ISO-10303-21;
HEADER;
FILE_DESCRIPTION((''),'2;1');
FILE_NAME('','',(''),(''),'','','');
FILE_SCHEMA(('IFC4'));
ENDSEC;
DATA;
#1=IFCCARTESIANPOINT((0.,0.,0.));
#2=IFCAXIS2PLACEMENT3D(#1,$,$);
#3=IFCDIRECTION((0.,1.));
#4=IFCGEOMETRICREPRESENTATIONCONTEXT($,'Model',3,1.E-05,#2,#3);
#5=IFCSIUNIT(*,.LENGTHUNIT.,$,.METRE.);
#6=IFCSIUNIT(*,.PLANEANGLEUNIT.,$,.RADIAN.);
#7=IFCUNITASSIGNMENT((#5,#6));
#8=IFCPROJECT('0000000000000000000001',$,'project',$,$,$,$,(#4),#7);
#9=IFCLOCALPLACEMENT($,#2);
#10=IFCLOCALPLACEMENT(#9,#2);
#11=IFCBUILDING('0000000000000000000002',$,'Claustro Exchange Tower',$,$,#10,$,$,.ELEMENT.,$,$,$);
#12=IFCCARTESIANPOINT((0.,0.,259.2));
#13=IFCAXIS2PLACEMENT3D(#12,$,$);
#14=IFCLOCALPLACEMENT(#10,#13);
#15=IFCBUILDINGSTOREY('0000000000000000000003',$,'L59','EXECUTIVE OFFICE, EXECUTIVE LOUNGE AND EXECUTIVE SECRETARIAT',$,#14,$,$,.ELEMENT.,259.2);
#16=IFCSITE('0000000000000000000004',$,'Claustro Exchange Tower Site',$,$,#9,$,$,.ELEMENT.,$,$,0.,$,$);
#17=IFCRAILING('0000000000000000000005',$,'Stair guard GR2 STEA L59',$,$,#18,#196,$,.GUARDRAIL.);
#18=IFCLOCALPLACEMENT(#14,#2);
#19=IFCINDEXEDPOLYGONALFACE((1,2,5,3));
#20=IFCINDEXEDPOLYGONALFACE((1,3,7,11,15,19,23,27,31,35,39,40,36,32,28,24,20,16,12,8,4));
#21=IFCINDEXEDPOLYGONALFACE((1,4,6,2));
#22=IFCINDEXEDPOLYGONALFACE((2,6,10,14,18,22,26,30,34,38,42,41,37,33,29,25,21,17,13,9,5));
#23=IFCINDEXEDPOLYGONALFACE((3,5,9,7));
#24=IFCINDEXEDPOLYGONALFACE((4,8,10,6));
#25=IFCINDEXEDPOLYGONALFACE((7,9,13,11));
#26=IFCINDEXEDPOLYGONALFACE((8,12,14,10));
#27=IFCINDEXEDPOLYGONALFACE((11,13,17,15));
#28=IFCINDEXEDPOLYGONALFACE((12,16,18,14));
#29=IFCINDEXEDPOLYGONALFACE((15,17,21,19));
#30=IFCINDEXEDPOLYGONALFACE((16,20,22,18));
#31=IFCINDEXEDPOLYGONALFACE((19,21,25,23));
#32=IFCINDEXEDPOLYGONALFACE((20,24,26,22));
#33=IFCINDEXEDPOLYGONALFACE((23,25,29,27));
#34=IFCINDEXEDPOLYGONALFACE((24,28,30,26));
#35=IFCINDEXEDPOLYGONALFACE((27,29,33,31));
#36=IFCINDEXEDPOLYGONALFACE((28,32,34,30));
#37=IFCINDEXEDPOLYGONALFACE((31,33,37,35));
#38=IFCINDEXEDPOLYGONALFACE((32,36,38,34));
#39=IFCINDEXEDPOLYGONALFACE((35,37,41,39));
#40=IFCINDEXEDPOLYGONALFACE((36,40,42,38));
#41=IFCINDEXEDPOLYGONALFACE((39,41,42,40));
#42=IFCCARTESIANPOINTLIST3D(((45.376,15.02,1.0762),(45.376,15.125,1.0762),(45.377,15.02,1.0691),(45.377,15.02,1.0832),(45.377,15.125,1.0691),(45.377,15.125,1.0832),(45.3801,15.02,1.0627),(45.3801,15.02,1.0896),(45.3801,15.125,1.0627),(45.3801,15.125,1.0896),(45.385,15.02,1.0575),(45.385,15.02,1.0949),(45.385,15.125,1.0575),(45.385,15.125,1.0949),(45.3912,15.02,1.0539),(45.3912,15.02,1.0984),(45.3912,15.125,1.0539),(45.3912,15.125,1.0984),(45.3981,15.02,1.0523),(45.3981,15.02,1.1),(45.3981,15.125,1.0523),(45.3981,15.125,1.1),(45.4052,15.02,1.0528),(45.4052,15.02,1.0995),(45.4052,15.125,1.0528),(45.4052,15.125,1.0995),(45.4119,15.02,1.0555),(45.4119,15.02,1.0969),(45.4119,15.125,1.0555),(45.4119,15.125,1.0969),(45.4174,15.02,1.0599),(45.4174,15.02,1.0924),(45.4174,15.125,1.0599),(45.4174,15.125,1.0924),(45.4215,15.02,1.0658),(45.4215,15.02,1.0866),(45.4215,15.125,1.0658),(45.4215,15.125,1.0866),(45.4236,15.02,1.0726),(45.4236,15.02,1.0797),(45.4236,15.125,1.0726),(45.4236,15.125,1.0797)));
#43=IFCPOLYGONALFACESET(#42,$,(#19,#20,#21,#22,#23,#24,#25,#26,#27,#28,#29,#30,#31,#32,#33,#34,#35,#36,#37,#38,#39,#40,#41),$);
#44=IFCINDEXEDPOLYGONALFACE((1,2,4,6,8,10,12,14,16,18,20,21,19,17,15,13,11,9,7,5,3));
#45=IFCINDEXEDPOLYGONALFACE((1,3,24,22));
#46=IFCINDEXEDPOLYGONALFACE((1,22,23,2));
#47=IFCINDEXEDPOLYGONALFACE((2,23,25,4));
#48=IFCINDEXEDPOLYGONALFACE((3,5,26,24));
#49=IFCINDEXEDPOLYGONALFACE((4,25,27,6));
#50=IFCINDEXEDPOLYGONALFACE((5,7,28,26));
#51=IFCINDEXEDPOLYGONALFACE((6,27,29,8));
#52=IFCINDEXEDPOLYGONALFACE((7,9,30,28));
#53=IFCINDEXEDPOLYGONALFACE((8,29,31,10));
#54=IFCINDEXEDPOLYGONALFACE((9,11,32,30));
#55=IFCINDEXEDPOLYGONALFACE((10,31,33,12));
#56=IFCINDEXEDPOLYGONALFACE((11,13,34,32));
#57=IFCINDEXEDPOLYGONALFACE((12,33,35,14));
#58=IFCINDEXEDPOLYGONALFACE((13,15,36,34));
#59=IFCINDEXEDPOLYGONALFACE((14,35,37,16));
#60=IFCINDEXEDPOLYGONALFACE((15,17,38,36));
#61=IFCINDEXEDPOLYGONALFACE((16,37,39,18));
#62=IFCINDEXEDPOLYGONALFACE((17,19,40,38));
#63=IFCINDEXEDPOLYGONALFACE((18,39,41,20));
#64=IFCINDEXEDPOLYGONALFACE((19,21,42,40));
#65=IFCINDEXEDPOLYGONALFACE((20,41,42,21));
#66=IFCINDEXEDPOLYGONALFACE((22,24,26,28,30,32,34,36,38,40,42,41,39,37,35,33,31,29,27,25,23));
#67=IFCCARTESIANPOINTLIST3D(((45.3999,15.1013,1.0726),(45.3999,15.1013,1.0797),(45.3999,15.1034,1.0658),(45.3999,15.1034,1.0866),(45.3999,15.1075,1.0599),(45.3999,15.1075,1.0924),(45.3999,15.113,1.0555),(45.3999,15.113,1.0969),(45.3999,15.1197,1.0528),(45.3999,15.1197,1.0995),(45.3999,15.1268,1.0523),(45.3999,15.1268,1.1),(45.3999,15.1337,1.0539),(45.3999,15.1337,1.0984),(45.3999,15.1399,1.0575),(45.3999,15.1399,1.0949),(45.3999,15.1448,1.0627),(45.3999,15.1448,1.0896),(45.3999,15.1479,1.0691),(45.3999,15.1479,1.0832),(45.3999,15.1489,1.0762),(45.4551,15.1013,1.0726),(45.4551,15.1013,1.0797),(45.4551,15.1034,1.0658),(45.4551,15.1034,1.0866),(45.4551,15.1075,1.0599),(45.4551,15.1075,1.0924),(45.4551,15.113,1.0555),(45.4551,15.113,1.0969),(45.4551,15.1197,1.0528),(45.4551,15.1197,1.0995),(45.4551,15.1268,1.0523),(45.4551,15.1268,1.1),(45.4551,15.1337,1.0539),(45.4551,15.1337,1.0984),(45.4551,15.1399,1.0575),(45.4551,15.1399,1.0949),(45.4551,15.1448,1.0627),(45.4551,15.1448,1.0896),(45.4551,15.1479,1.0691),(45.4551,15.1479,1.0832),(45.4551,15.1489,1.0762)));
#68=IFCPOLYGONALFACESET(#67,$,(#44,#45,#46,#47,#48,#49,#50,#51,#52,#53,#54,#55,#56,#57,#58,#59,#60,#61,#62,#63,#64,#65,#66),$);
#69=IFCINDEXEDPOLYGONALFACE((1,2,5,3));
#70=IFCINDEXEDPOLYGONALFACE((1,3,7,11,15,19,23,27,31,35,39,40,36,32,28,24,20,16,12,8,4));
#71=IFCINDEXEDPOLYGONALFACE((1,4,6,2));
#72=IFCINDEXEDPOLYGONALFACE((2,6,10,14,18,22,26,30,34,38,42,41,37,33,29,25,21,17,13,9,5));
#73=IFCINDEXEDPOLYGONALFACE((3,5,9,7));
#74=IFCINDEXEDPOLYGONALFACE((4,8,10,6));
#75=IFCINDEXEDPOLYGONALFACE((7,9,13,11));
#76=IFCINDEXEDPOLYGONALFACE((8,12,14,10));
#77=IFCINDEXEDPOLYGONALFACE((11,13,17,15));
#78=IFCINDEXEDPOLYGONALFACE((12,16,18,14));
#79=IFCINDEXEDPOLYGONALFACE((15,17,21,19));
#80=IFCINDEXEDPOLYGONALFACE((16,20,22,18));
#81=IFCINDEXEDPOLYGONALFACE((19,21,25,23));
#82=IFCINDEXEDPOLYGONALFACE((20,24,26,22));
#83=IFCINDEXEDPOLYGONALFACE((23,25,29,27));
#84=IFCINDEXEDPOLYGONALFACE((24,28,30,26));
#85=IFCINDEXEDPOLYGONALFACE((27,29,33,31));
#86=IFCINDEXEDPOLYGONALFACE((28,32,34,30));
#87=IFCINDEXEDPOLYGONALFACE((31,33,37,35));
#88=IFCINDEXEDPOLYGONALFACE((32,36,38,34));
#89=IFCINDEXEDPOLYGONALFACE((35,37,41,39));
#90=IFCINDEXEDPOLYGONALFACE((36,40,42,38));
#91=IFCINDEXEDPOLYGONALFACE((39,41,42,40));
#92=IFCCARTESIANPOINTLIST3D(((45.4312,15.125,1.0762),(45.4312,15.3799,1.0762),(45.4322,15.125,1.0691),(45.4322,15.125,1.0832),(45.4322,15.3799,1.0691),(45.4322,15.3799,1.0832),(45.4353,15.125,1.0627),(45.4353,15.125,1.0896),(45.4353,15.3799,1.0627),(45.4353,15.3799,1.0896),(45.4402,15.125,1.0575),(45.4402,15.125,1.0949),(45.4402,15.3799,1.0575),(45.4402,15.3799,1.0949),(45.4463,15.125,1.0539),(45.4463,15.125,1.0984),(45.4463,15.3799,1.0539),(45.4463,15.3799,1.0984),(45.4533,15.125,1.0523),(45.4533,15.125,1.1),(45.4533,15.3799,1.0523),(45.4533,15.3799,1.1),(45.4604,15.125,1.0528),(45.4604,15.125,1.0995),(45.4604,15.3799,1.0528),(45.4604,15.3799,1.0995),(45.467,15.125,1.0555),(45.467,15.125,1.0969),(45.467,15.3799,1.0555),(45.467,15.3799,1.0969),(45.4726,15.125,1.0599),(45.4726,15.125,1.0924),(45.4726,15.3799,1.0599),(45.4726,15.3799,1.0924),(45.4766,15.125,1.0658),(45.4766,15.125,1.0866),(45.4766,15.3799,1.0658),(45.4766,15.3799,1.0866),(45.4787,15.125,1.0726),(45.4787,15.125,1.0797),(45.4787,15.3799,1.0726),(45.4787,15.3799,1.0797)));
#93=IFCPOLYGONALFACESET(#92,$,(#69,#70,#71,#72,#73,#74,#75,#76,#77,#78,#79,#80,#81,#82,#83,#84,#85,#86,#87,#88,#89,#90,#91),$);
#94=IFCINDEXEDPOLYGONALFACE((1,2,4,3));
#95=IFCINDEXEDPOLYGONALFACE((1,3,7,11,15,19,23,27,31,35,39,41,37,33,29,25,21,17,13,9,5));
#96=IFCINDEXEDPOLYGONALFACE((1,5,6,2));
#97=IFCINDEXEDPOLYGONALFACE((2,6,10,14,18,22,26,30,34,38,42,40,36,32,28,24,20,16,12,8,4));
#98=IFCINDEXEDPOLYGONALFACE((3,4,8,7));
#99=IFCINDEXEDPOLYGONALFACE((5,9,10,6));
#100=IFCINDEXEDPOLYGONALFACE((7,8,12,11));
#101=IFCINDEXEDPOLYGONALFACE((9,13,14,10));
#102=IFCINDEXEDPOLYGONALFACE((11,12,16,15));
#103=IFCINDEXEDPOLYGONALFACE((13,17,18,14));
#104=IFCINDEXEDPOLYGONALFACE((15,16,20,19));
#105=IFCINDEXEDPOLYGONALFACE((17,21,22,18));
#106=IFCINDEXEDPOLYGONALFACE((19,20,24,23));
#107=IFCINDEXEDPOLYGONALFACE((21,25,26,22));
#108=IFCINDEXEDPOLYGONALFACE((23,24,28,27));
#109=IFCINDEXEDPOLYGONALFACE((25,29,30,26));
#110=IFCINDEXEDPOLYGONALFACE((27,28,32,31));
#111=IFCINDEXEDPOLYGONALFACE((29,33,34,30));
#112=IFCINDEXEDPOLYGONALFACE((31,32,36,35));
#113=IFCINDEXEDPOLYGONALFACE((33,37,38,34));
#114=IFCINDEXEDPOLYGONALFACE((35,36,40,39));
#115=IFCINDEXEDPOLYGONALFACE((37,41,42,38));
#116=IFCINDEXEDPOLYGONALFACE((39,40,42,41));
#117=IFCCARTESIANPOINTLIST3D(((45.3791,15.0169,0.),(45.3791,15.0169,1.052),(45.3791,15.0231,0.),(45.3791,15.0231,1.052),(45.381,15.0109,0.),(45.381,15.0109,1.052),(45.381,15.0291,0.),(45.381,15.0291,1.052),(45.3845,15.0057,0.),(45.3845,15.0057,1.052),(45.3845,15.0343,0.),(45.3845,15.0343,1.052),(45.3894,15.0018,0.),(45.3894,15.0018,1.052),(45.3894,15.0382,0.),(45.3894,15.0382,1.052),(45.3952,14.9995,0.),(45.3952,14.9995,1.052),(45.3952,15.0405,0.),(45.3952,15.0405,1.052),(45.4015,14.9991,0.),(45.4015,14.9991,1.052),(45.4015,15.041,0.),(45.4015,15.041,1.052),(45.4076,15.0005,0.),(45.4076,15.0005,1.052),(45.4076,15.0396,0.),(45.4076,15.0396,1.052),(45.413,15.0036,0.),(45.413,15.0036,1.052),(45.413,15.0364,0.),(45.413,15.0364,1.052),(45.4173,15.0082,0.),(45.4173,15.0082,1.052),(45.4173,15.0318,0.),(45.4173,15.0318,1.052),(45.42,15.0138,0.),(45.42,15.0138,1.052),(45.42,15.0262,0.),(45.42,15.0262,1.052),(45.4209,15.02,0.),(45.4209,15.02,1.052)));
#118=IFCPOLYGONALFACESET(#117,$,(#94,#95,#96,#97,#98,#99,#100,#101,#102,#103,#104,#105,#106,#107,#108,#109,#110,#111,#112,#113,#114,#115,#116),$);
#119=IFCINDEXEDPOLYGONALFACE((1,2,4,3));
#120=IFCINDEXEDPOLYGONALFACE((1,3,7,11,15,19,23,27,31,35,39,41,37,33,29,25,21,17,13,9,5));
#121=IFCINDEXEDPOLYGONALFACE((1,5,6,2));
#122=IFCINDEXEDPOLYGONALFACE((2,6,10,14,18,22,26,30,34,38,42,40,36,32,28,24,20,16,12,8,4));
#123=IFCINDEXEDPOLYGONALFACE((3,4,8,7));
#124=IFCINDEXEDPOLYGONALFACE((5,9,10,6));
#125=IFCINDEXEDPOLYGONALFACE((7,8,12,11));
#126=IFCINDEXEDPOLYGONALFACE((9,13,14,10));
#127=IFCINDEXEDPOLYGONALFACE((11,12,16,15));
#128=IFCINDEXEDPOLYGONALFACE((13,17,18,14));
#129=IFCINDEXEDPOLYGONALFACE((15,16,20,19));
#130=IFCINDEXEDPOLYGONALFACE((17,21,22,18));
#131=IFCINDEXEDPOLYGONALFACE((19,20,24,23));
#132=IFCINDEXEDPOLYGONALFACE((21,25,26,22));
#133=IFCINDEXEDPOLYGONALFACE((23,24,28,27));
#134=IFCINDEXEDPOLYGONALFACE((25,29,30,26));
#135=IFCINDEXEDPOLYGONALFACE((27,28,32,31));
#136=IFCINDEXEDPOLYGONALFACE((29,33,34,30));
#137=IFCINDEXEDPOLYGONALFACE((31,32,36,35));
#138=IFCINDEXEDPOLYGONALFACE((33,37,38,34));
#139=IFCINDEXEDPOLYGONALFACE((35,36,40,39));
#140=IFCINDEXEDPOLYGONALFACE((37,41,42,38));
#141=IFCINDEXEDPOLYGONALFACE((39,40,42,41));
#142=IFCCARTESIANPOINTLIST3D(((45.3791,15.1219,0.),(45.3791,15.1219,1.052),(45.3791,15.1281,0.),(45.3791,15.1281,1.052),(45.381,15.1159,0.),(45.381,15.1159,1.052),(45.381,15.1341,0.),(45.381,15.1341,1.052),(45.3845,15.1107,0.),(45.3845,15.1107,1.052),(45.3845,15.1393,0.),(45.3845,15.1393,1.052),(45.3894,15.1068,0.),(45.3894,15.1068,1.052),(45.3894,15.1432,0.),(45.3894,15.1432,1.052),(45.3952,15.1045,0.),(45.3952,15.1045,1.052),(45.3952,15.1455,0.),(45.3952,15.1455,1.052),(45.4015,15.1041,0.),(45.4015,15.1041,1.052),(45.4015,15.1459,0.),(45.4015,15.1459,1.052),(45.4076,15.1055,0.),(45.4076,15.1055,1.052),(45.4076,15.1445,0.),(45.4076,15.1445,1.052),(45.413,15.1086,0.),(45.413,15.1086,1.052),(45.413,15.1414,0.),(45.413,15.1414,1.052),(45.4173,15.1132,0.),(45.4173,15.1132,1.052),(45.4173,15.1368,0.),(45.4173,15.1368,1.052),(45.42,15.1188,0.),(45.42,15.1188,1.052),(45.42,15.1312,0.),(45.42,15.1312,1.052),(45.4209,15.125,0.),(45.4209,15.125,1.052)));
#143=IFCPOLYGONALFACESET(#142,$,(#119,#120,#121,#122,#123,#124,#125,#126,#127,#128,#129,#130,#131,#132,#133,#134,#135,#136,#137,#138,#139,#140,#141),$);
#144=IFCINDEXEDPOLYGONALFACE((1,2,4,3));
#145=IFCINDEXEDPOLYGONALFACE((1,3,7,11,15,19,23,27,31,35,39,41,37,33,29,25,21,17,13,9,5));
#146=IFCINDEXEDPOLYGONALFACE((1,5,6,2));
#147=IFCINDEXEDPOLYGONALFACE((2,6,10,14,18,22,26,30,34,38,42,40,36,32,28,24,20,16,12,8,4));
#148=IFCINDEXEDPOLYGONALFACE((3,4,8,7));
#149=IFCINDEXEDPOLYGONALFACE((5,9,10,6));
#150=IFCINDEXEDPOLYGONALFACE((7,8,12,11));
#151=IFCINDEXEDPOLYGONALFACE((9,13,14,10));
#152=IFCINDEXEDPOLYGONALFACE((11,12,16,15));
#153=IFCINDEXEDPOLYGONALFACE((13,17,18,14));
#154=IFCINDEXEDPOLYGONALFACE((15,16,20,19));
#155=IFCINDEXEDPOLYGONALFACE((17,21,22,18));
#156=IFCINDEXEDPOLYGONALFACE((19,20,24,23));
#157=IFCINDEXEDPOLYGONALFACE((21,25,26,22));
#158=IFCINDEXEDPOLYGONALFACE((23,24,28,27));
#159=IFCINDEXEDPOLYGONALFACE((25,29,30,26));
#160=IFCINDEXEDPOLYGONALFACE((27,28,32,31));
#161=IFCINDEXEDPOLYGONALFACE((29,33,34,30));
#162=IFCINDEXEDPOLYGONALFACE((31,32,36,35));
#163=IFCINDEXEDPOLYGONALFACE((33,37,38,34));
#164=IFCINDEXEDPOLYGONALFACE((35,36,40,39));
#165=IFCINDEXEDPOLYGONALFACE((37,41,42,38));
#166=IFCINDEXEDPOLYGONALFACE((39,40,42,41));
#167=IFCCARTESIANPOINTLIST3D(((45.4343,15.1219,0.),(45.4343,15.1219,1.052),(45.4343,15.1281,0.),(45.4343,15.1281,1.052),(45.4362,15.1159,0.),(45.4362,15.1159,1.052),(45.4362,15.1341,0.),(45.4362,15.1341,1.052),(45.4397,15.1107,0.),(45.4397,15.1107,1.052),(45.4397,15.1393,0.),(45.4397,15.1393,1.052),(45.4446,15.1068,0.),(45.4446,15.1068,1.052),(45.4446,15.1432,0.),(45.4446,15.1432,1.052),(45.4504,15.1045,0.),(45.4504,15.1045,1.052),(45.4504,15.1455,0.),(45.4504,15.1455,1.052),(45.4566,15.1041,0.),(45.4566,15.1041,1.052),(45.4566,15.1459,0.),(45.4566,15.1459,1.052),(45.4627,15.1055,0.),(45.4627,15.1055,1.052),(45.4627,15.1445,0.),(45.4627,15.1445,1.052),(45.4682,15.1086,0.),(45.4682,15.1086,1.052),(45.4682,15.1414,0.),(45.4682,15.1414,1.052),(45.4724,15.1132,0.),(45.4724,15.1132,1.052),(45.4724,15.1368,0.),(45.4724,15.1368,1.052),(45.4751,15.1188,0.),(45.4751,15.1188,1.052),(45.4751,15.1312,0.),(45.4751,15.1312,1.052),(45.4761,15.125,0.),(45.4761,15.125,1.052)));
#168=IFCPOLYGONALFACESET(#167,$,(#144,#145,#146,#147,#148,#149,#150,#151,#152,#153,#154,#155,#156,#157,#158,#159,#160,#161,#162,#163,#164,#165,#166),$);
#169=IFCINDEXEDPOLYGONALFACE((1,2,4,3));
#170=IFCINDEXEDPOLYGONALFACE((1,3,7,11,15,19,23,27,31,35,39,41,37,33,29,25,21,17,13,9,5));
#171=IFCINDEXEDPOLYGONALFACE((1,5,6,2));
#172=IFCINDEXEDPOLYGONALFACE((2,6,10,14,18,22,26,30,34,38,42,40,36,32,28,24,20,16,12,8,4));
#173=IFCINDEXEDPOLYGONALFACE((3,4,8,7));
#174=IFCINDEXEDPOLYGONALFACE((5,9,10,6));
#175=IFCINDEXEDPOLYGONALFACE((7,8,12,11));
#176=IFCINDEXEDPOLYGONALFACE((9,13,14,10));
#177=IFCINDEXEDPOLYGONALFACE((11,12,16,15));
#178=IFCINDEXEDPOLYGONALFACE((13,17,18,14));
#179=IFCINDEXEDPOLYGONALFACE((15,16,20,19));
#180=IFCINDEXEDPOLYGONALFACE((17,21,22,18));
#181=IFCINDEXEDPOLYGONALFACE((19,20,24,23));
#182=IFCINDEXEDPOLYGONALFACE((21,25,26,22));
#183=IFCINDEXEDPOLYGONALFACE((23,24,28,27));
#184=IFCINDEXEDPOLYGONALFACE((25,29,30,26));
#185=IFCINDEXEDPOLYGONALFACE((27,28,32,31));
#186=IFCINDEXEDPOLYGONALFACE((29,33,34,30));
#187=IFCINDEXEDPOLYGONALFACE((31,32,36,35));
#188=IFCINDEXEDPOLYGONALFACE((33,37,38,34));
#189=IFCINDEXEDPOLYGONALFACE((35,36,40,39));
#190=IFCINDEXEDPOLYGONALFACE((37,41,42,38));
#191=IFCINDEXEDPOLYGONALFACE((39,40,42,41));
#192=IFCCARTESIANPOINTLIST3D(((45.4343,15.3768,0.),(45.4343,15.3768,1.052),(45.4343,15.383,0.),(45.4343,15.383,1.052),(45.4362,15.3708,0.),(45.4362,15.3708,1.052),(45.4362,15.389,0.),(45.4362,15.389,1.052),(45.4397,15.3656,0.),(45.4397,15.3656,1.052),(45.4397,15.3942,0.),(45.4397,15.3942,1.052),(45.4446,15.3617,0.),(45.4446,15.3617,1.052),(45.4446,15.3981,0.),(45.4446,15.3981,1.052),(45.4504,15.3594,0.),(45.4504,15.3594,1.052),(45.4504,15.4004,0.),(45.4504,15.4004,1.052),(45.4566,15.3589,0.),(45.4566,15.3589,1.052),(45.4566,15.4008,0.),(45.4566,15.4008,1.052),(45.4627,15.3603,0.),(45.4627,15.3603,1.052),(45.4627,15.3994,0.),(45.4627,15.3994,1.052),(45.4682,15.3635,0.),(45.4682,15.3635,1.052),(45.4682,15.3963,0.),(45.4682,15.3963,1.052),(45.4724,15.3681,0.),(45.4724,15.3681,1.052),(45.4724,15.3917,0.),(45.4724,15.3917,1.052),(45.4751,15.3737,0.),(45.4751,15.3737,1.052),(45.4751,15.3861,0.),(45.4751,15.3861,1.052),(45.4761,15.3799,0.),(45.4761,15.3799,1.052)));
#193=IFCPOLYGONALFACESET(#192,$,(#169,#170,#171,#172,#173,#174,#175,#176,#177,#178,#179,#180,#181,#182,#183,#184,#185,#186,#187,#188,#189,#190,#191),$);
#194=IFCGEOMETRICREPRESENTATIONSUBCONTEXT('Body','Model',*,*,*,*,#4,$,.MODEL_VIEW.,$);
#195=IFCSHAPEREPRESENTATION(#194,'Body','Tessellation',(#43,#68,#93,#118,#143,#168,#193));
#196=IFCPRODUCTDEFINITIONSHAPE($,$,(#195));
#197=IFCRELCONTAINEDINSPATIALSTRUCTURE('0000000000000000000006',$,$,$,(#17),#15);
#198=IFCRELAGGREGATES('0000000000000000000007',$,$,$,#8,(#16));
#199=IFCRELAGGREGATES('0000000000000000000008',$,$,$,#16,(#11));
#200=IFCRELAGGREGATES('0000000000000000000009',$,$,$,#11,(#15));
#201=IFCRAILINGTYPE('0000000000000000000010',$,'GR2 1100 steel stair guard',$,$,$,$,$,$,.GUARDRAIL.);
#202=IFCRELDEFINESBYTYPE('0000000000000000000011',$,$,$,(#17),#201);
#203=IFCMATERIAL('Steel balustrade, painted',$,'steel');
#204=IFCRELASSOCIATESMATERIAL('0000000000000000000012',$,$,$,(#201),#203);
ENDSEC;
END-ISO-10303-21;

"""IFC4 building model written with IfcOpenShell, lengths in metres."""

from ifc_helpers import new_model, si_unit, direction, frame, origin, origin_2d, place, context, subcontext, project, spatial, circle, extrude, material, type_object, element, save


model = new_model("IFC4")

# Units and contexts
model_context = context("Model", 3, precision=1e-05, world=origin(), true_north=direction((0.0, 1.0)))
body_context = subcontext(model_context, "Body", "Model", "MODEL_VIEW")
ifc_project = project(units=[si_unit("LENGTHUNIT", "METRE"), si_unit("PLANEANGLEUNIT", "RADIAN")], contexts=[model_context])

# Site, building, storey
site_placement = place(None, origin())
site = spatial("IfcSite", under=ifc_project, at=site_placement, Name="Claustro Exchange Tower Site", CompositionType="ELEMENT", RefElevation=0.0)
building_placement = place(site_placement, origin())
building = spatial("IfcBuilding", under=site, at=building_placement, Name="Claustro Exchange Tower", CompositionType="ELEMENT")
storey_placement = place(building_placement, frame((0.0, 0.0, 259.2)))
storey = spatial("IfcBuildingStorey", under=building, at=storey_placement, Name="L59", Description="EXECUTIVE OFFICE, EXECUTIVE LOUNGE AND EXECUTIVE SECRETARIAT", CompositionType="ELEMENT", Elevation=259.2)

# Railing
ifc_material_1 = material(Name="Steel balustrade, painted", Category="steel")
railing_type_1 = type_object("IfcRailingType", Name="GR2 1100 steel stair guard", PredefinedType="GUARDRAIL", material=ifc_material_1)
railing_1_placement = place(storey_placement, frame((45.3999, 15.02, 0.0)))
element("IfcRailing", 1, at=railing_1_placement, inside=storey, type_object=railing_type_1, Name="Stair guard GR2 STEA L59", PredefinedType="GUARDRAIL", context=body_context, shape_type="SweptSolid", body=[
    extrude(circle(Radius=0.0239, at=origin_2d()), frame((0.0, 0.0, 1.0762), z_axis=(0.0, 1.0, 0.0), x_axis=(-1.0, 0.0, 0.0)), (0.0, 0.0, 1.0), 0.105),
    extrude(circle(Radius=0.0239, at=origin_2d()), frame((0.0, 0.105, 1.0762), z_axis=(1.0, 0.0, 0.0), x_axis=(0.0, 1.0, 0.0)), (0.0, 0.0, 1.0), 0.0552),
    extrude(circle(Radius=0.0239, at=origin_2d()), frame((0.0552, 0.105, 1.0762), z_axis=(0.0, 1.0, 0.0), x_axis=(-1.0, 0.0, 0.0)), (0.0, 0.0, 1.0), 0.2549),
    extrude(circle(Radius=0.021, at=origin_2d()), origin(), (0.0, 0.0, 1.0), 1.052),
    extrude(circle(Radius=0.021, at=origin_2d()), frame((0.0, 0.105, 0.0)), (0.0, 0.0, 1.0), 1.052),
    extrude(circle(Radius=0.021, at=origin_2d()), frame((0.0552, 0.105, 0.0)), (0.0, 0.0, 1.0), 1.052),
    extrude(circle(Radius=0.021, at=origin_2d()), frame((0.0552, 0.3599, 0.0)), (0.0, 0.0, 1.0), 1.052),
])

save(model, "model.ifc")
